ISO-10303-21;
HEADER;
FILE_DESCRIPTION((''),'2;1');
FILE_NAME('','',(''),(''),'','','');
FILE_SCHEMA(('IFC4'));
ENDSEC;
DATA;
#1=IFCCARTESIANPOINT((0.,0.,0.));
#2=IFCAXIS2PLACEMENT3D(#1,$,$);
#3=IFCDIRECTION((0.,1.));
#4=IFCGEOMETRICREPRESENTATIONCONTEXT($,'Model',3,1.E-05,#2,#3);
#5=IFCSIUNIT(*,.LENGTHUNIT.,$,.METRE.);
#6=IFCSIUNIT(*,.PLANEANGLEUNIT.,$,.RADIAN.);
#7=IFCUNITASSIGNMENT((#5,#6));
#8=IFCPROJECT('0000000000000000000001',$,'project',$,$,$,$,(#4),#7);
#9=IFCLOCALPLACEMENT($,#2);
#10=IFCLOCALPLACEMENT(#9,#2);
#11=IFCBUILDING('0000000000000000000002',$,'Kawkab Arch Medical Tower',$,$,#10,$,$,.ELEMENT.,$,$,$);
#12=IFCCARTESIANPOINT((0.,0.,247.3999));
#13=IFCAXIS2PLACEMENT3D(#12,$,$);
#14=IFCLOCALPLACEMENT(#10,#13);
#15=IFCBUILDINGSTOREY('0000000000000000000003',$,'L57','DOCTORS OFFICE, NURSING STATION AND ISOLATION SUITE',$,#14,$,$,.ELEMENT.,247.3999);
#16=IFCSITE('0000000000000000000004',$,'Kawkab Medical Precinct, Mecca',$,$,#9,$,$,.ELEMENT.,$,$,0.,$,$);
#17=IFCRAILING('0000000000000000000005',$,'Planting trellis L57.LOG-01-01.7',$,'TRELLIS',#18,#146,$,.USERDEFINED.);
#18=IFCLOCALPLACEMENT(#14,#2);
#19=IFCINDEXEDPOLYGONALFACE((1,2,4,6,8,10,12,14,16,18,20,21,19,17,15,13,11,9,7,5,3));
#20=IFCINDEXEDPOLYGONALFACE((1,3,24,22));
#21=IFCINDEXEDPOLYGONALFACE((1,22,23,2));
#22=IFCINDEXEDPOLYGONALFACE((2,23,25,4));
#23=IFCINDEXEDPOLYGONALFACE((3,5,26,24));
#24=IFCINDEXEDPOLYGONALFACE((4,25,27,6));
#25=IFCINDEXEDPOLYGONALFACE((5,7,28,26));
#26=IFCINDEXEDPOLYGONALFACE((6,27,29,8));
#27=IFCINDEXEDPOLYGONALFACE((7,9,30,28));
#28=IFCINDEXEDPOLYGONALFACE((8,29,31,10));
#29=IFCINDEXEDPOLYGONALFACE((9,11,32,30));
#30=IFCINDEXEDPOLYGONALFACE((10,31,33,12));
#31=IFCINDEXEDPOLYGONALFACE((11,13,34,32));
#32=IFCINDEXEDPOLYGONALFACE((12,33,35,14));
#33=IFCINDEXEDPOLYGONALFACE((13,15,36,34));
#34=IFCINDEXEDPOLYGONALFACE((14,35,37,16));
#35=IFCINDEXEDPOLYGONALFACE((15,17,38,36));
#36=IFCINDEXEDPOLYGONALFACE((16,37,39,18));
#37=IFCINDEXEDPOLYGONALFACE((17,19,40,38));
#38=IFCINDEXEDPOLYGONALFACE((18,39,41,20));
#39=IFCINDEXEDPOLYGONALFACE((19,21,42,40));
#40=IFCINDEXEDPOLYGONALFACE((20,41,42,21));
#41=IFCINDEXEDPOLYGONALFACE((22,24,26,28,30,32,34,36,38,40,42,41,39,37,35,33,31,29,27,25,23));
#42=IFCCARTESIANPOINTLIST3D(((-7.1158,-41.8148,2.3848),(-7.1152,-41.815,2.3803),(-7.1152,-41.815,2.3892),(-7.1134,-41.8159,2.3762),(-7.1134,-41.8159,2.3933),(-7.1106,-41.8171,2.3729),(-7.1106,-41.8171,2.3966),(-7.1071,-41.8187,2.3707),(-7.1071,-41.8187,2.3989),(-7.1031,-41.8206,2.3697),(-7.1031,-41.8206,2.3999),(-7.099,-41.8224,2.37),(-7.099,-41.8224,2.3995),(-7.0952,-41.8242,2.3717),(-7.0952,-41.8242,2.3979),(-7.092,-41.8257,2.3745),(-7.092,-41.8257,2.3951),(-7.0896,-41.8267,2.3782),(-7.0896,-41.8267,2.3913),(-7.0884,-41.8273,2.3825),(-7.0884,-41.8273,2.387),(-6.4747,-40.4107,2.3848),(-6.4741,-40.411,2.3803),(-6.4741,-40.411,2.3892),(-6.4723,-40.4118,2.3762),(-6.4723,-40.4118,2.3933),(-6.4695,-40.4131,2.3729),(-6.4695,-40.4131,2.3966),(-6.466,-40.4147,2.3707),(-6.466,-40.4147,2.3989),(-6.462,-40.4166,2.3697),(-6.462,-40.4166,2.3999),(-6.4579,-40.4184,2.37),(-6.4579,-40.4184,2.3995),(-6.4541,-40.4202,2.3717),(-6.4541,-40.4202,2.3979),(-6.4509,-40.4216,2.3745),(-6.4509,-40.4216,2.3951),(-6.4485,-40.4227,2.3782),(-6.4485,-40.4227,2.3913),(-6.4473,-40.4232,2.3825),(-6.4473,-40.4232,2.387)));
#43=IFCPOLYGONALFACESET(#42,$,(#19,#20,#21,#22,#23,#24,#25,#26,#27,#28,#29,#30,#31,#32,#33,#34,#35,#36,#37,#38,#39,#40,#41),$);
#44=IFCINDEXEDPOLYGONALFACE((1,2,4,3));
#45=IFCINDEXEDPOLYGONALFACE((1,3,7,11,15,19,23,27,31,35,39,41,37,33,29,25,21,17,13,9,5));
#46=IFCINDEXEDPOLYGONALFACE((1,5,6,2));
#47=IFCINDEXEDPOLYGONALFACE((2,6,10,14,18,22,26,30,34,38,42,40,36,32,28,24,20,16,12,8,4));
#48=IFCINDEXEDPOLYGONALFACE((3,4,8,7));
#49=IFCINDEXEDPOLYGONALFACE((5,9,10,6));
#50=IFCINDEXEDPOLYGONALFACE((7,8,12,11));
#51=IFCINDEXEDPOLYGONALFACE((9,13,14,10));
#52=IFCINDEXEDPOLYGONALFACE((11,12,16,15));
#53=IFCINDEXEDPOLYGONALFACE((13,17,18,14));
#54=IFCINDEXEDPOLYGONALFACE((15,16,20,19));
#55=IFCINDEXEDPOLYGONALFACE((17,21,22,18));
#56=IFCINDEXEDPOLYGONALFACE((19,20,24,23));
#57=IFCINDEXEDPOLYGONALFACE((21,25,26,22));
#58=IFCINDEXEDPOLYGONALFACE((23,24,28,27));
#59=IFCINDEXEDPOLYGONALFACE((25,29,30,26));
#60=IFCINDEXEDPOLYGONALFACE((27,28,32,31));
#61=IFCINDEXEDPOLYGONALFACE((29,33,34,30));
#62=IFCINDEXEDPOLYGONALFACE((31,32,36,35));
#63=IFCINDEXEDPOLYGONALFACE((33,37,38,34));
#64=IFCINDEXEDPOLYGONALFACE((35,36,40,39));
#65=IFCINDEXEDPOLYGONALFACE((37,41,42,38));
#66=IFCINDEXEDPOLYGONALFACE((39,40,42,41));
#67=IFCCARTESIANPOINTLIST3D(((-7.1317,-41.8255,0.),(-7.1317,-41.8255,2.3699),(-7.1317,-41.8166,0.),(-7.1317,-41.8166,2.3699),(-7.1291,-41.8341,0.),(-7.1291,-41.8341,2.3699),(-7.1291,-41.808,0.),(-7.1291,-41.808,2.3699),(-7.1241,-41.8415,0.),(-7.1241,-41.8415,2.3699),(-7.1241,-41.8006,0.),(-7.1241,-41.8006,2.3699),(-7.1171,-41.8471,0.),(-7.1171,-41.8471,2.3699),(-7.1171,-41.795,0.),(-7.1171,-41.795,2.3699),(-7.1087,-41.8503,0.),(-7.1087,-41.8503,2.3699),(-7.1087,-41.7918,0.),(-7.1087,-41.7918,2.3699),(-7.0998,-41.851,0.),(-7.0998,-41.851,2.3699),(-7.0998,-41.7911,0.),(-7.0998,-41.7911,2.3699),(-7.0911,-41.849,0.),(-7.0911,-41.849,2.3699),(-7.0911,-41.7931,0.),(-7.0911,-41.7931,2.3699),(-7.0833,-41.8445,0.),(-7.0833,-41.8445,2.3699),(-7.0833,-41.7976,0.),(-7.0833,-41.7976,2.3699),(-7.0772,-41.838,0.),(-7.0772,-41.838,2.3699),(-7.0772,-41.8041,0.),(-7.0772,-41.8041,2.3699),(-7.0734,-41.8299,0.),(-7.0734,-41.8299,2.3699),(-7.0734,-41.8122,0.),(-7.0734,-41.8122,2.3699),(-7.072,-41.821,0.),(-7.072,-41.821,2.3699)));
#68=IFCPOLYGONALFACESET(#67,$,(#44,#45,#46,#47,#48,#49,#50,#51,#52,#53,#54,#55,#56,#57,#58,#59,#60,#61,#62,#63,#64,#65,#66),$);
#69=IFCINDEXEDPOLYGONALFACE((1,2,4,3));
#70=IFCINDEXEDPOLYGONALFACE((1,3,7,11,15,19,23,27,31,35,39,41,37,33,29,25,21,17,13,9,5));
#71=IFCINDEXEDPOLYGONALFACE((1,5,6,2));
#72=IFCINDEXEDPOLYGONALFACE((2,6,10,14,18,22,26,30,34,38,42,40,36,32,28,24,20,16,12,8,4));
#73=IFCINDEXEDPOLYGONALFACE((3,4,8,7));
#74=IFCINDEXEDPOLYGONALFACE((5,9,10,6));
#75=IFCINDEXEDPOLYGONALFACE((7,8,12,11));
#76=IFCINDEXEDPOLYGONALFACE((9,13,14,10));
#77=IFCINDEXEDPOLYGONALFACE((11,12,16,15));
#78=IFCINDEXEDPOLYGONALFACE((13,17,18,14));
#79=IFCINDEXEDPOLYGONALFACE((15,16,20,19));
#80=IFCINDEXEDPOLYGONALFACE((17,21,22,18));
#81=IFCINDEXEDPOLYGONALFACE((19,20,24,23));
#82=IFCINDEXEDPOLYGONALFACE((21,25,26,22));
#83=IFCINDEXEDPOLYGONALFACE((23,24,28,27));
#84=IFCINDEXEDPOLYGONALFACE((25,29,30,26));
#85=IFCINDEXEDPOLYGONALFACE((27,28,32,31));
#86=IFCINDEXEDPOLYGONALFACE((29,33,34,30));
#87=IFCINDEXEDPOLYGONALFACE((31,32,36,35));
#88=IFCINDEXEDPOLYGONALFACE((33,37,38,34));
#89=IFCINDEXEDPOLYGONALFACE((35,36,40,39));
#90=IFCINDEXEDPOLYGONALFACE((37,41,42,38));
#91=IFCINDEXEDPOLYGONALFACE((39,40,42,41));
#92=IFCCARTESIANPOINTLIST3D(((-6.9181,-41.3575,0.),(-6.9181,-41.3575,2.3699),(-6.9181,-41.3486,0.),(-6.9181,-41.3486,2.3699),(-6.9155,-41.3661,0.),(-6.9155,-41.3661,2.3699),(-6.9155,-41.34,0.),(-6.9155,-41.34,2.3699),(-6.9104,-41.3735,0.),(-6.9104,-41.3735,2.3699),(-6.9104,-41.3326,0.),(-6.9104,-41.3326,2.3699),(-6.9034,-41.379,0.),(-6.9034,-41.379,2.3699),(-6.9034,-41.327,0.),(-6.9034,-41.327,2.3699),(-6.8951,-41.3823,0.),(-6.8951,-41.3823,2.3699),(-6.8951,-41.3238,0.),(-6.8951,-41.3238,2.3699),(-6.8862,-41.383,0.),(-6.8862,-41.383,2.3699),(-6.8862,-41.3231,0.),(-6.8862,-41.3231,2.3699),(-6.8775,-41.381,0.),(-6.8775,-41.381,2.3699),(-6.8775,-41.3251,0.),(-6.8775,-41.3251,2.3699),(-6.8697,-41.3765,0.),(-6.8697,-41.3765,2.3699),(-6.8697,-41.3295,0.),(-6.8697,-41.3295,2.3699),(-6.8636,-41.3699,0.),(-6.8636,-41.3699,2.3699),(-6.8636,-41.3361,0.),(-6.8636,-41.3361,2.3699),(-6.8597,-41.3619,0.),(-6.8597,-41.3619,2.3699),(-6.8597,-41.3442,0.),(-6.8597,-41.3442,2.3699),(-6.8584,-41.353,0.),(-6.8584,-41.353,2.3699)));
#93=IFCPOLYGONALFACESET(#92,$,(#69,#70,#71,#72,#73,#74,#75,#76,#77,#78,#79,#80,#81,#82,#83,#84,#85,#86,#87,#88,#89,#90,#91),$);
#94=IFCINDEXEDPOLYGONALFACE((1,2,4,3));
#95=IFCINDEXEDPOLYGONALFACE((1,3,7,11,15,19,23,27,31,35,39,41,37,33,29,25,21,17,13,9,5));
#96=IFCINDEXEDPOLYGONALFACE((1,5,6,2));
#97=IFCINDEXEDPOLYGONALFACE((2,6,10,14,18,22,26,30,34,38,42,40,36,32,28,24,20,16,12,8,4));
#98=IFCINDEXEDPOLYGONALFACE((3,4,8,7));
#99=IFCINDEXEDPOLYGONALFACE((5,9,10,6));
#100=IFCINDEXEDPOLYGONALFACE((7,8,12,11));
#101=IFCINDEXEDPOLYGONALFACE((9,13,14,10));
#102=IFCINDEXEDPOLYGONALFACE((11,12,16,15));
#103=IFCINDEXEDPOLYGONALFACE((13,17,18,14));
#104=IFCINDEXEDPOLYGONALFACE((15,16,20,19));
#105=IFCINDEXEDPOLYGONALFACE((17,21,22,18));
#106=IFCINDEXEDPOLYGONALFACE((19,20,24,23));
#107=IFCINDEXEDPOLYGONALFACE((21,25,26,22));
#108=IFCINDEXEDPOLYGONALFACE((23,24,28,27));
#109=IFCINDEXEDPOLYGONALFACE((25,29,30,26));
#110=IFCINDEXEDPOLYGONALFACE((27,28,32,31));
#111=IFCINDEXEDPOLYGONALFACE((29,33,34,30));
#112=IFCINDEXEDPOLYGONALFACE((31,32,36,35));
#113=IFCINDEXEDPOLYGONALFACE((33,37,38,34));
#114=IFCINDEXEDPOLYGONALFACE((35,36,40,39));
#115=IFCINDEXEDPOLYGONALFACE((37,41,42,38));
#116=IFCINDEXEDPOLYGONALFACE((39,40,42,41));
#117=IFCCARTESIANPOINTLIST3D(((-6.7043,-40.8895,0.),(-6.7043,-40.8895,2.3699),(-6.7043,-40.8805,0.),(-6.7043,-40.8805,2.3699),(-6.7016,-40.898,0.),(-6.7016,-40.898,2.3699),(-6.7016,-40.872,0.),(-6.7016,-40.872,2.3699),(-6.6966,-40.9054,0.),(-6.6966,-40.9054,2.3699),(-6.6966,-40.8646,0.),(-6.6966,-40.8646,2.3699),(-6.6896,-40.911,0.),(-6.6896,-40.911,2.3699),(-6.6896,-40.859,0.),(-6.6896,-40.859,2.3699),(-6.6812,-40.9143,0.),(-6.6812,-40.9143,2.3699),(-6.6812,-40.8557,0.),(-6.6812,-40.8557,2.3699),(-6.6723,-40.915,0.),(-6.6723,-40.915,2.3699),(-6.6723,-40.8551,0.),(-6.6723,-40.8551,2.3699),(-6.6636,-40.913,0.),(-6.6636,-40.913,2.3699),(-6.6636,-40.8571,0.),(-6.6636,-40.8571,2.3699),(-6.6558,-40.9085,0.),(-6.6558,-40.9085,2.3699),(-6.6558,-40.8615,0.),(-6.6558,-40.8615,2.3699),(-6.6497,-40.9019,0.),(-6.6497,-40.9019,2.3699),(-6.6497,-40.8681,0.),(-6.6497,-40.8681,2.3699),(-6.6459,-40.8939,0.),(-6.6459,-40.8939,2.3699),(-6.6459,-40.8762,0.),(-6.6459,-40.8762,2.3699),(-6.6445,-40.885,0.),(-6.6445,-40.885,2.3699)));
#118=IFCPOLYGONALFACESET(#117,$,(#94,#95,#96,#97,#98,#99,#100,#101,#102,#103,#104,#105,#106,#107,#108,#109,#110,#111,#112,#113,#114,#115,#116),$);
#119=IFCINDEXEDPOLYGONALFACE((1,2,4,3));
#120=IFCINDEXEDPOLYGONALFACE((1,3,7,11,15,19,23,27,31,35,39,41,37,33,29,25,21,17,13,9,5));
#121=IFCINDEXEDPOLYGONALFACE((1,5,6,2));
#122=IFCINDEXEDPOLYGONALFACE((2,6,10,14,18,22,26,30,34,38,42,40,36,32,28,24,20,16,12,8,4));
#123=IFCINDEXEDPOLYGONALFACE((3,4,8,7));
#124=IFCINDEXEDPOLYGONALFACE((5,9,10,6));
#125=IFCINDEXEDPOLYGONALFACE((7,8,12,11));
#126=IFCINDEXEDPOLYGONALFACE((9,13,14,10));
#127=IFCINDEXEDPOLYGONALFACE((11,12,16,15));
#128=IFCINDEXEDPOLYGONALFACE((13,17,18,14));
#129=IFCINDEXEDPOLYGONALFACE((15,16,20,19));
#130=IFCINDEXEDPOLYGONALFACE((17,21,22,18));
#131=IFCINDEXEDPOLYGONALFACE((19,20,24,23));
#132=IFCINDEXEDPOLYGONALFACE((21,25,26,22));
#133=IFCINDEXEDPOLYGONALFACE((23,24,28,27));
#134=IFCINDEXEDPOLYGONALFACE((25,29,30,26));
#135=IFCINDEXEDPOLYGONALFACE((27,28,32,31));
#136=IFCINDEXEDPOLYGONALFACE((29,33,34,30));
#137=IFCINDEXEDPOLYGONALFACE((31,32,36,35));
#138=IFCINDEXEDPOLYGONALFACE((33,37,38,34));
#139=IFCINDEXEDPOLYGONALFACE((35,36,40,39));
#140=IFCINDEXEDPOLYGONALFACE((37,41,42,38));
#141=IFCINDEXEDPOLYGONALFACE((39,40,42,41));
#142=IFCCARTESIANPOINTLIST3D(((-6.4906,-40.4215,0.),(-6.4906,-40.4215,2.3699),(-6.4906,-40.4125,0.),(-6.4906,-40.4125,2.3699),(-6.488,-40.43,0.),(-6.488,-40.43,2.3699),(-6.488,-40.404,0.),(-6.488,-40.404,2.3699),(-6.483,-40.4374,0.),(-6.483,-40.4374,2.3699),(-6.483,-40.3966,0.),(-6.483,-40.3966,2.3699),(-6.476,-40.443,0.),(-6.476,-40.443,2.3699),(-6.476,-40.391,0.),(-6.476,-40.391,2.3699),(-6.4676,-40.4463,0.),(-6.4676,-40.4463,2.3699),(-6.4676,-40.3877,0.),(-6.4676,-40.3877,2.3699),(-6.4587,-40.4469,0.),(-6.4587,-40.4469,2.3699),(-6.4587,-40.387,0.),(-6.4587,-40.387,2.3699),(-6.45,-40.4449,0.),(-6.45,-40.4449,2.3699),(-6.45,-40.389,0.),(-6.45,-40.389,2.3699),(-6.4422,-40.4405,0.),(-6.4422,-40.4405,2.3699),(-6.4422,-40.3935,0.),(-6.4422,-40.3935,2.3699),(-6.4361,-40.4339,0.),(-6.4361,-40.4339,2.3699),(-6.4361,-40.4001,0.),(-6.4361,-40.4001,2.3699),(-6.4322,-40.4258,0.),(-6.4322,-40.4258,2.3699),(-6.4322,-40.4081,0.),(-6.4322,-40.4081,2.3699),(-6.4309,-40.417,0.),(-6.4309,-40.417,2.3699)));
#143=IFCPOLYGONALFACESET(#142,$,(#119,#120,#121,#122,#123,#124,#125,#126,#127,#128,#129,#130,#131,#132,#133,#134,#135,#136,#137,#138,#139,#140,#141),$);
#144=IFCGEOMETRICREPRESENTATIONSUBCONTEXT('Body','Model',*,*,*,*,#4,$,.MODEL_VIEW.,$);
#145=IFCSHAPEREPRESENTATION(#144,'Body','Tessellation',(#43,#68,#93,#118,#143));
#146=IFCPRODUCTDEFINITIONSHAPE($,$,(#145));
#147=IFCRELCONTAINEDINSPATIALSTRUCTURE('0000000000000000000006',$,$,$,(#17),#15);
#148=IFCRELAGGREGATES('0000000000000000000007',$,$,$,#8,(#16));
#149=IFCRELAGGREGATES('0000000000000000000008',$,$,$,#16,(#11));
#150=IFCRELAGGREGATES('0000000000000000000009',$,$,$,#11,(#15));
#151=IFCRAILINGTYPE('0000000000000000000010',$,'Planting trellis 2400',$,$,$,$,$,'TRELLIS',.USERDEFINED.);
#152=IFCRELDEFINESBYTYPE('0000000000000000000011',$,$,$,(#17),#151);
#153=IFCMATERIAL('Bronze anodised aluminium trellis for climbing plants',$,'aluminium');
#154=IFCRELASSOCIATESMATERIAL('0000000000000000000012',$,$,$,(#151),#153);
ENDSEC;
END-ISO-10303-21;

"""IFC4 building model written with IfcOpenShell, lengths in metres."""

from ifc_helpers import new_model, si_unit, direction, frame, origin, origin_2d, place, context, subcontext, project, spatial, circle, extrude, material, type_object, element, save


model = new_model("IFC4")

# Units and contexts
model_context = context("Model", 3, precision=1e-05, world=origin(), true_north=direction((0.0, 1.0)))
body_context = subcontext(model_context, "Body", "Model", "MODEL_VIEW")
ifc_project = project(units=[si_unit("LENGTHUNIT", "METRE"), si_unit("PLANEANGLEUNIT", "RADIAN")], contexts=[model_context])

# Site, building, storey
site_placement = place(None, origin())
site = spatial("IfcSite", under=ifc_project, at=site_placement, Name="Kawkab Medical Precinct, Mecca", CompositionType="ELEMENT", RefElevation=0.0)
building_placement = place(site_placement, origin())
building = spatial("IfcBuilding", under=site, at=building_placement, Name="Kawkab Arch Medical Tower", CompositionType="ELEMENT")
storey_placement = place(building_placement, frame((0.0, 0.0, 247.3999)))
storey = spatial("IfcBuildingStorey", under=building, at=storey_placement, Name="L57", Description="DOCTORS OFFICE, NURSING STATION AND ISOLATION SUITE", CompositionType="ELEMENT", Elevation=247.3999)

# Railing
ifc_material_1 = material(Name="Bronze anodised aluminium trellis for climbing plants", Category="aluminium")
railing_type_1 = type_object("IfcRailingType", Name="Planting trellis 2400", ElementType="TRELLIS", PredefinedType="USERDEFINED", material=ifc_material_1)
railing_1_placement = place(storey_placement, frame((-7.1021, -41.821, 0.0)))
element("IfcRailing", 1, at=railing_1_placement, inside=storey, type_object=railing_type_1, Name="Planting trellis L57.LOG-01-01.7", ObjectType="TRELLIS", PredefinedType="USERDEFINED", context=body_context, shape_type="SweptSolid", body=[
    extrude(circle(Radius=0.0151, at=origin_2d()), frame((0.0, 0.0, 2.3848), z_axis=(0.415363, 0.909656, 0.0), x_axis=(-0.909656, 0.415363, 0.0)), (0.0, 0.0, 1.0), 1.5435),
    extrude(circle(Radius=0.03, at=origin_2d()), origin(), (0.0, 0.0, 1.0), 2.3699),
    extrude(circle(Radius=0.03, at=origin_2d()), frame((0.2136, 0.468, 0.0)), (0.0, 0.0, 1.0), 2.3699),
    extrude(circle(Radius=0.03, at=origin_2d()), frame((0.4275, 0.936, 0.0)), (0.0, 0.0, 1.0), 2.3699),
    extrude(circle(Radius=0.03, at=origin_2d()), frame((0.6411, 1.4041, 0.0)), (0.0, 0.0, 1.0), 2.3699),
])

save(model, "model.ifc")
